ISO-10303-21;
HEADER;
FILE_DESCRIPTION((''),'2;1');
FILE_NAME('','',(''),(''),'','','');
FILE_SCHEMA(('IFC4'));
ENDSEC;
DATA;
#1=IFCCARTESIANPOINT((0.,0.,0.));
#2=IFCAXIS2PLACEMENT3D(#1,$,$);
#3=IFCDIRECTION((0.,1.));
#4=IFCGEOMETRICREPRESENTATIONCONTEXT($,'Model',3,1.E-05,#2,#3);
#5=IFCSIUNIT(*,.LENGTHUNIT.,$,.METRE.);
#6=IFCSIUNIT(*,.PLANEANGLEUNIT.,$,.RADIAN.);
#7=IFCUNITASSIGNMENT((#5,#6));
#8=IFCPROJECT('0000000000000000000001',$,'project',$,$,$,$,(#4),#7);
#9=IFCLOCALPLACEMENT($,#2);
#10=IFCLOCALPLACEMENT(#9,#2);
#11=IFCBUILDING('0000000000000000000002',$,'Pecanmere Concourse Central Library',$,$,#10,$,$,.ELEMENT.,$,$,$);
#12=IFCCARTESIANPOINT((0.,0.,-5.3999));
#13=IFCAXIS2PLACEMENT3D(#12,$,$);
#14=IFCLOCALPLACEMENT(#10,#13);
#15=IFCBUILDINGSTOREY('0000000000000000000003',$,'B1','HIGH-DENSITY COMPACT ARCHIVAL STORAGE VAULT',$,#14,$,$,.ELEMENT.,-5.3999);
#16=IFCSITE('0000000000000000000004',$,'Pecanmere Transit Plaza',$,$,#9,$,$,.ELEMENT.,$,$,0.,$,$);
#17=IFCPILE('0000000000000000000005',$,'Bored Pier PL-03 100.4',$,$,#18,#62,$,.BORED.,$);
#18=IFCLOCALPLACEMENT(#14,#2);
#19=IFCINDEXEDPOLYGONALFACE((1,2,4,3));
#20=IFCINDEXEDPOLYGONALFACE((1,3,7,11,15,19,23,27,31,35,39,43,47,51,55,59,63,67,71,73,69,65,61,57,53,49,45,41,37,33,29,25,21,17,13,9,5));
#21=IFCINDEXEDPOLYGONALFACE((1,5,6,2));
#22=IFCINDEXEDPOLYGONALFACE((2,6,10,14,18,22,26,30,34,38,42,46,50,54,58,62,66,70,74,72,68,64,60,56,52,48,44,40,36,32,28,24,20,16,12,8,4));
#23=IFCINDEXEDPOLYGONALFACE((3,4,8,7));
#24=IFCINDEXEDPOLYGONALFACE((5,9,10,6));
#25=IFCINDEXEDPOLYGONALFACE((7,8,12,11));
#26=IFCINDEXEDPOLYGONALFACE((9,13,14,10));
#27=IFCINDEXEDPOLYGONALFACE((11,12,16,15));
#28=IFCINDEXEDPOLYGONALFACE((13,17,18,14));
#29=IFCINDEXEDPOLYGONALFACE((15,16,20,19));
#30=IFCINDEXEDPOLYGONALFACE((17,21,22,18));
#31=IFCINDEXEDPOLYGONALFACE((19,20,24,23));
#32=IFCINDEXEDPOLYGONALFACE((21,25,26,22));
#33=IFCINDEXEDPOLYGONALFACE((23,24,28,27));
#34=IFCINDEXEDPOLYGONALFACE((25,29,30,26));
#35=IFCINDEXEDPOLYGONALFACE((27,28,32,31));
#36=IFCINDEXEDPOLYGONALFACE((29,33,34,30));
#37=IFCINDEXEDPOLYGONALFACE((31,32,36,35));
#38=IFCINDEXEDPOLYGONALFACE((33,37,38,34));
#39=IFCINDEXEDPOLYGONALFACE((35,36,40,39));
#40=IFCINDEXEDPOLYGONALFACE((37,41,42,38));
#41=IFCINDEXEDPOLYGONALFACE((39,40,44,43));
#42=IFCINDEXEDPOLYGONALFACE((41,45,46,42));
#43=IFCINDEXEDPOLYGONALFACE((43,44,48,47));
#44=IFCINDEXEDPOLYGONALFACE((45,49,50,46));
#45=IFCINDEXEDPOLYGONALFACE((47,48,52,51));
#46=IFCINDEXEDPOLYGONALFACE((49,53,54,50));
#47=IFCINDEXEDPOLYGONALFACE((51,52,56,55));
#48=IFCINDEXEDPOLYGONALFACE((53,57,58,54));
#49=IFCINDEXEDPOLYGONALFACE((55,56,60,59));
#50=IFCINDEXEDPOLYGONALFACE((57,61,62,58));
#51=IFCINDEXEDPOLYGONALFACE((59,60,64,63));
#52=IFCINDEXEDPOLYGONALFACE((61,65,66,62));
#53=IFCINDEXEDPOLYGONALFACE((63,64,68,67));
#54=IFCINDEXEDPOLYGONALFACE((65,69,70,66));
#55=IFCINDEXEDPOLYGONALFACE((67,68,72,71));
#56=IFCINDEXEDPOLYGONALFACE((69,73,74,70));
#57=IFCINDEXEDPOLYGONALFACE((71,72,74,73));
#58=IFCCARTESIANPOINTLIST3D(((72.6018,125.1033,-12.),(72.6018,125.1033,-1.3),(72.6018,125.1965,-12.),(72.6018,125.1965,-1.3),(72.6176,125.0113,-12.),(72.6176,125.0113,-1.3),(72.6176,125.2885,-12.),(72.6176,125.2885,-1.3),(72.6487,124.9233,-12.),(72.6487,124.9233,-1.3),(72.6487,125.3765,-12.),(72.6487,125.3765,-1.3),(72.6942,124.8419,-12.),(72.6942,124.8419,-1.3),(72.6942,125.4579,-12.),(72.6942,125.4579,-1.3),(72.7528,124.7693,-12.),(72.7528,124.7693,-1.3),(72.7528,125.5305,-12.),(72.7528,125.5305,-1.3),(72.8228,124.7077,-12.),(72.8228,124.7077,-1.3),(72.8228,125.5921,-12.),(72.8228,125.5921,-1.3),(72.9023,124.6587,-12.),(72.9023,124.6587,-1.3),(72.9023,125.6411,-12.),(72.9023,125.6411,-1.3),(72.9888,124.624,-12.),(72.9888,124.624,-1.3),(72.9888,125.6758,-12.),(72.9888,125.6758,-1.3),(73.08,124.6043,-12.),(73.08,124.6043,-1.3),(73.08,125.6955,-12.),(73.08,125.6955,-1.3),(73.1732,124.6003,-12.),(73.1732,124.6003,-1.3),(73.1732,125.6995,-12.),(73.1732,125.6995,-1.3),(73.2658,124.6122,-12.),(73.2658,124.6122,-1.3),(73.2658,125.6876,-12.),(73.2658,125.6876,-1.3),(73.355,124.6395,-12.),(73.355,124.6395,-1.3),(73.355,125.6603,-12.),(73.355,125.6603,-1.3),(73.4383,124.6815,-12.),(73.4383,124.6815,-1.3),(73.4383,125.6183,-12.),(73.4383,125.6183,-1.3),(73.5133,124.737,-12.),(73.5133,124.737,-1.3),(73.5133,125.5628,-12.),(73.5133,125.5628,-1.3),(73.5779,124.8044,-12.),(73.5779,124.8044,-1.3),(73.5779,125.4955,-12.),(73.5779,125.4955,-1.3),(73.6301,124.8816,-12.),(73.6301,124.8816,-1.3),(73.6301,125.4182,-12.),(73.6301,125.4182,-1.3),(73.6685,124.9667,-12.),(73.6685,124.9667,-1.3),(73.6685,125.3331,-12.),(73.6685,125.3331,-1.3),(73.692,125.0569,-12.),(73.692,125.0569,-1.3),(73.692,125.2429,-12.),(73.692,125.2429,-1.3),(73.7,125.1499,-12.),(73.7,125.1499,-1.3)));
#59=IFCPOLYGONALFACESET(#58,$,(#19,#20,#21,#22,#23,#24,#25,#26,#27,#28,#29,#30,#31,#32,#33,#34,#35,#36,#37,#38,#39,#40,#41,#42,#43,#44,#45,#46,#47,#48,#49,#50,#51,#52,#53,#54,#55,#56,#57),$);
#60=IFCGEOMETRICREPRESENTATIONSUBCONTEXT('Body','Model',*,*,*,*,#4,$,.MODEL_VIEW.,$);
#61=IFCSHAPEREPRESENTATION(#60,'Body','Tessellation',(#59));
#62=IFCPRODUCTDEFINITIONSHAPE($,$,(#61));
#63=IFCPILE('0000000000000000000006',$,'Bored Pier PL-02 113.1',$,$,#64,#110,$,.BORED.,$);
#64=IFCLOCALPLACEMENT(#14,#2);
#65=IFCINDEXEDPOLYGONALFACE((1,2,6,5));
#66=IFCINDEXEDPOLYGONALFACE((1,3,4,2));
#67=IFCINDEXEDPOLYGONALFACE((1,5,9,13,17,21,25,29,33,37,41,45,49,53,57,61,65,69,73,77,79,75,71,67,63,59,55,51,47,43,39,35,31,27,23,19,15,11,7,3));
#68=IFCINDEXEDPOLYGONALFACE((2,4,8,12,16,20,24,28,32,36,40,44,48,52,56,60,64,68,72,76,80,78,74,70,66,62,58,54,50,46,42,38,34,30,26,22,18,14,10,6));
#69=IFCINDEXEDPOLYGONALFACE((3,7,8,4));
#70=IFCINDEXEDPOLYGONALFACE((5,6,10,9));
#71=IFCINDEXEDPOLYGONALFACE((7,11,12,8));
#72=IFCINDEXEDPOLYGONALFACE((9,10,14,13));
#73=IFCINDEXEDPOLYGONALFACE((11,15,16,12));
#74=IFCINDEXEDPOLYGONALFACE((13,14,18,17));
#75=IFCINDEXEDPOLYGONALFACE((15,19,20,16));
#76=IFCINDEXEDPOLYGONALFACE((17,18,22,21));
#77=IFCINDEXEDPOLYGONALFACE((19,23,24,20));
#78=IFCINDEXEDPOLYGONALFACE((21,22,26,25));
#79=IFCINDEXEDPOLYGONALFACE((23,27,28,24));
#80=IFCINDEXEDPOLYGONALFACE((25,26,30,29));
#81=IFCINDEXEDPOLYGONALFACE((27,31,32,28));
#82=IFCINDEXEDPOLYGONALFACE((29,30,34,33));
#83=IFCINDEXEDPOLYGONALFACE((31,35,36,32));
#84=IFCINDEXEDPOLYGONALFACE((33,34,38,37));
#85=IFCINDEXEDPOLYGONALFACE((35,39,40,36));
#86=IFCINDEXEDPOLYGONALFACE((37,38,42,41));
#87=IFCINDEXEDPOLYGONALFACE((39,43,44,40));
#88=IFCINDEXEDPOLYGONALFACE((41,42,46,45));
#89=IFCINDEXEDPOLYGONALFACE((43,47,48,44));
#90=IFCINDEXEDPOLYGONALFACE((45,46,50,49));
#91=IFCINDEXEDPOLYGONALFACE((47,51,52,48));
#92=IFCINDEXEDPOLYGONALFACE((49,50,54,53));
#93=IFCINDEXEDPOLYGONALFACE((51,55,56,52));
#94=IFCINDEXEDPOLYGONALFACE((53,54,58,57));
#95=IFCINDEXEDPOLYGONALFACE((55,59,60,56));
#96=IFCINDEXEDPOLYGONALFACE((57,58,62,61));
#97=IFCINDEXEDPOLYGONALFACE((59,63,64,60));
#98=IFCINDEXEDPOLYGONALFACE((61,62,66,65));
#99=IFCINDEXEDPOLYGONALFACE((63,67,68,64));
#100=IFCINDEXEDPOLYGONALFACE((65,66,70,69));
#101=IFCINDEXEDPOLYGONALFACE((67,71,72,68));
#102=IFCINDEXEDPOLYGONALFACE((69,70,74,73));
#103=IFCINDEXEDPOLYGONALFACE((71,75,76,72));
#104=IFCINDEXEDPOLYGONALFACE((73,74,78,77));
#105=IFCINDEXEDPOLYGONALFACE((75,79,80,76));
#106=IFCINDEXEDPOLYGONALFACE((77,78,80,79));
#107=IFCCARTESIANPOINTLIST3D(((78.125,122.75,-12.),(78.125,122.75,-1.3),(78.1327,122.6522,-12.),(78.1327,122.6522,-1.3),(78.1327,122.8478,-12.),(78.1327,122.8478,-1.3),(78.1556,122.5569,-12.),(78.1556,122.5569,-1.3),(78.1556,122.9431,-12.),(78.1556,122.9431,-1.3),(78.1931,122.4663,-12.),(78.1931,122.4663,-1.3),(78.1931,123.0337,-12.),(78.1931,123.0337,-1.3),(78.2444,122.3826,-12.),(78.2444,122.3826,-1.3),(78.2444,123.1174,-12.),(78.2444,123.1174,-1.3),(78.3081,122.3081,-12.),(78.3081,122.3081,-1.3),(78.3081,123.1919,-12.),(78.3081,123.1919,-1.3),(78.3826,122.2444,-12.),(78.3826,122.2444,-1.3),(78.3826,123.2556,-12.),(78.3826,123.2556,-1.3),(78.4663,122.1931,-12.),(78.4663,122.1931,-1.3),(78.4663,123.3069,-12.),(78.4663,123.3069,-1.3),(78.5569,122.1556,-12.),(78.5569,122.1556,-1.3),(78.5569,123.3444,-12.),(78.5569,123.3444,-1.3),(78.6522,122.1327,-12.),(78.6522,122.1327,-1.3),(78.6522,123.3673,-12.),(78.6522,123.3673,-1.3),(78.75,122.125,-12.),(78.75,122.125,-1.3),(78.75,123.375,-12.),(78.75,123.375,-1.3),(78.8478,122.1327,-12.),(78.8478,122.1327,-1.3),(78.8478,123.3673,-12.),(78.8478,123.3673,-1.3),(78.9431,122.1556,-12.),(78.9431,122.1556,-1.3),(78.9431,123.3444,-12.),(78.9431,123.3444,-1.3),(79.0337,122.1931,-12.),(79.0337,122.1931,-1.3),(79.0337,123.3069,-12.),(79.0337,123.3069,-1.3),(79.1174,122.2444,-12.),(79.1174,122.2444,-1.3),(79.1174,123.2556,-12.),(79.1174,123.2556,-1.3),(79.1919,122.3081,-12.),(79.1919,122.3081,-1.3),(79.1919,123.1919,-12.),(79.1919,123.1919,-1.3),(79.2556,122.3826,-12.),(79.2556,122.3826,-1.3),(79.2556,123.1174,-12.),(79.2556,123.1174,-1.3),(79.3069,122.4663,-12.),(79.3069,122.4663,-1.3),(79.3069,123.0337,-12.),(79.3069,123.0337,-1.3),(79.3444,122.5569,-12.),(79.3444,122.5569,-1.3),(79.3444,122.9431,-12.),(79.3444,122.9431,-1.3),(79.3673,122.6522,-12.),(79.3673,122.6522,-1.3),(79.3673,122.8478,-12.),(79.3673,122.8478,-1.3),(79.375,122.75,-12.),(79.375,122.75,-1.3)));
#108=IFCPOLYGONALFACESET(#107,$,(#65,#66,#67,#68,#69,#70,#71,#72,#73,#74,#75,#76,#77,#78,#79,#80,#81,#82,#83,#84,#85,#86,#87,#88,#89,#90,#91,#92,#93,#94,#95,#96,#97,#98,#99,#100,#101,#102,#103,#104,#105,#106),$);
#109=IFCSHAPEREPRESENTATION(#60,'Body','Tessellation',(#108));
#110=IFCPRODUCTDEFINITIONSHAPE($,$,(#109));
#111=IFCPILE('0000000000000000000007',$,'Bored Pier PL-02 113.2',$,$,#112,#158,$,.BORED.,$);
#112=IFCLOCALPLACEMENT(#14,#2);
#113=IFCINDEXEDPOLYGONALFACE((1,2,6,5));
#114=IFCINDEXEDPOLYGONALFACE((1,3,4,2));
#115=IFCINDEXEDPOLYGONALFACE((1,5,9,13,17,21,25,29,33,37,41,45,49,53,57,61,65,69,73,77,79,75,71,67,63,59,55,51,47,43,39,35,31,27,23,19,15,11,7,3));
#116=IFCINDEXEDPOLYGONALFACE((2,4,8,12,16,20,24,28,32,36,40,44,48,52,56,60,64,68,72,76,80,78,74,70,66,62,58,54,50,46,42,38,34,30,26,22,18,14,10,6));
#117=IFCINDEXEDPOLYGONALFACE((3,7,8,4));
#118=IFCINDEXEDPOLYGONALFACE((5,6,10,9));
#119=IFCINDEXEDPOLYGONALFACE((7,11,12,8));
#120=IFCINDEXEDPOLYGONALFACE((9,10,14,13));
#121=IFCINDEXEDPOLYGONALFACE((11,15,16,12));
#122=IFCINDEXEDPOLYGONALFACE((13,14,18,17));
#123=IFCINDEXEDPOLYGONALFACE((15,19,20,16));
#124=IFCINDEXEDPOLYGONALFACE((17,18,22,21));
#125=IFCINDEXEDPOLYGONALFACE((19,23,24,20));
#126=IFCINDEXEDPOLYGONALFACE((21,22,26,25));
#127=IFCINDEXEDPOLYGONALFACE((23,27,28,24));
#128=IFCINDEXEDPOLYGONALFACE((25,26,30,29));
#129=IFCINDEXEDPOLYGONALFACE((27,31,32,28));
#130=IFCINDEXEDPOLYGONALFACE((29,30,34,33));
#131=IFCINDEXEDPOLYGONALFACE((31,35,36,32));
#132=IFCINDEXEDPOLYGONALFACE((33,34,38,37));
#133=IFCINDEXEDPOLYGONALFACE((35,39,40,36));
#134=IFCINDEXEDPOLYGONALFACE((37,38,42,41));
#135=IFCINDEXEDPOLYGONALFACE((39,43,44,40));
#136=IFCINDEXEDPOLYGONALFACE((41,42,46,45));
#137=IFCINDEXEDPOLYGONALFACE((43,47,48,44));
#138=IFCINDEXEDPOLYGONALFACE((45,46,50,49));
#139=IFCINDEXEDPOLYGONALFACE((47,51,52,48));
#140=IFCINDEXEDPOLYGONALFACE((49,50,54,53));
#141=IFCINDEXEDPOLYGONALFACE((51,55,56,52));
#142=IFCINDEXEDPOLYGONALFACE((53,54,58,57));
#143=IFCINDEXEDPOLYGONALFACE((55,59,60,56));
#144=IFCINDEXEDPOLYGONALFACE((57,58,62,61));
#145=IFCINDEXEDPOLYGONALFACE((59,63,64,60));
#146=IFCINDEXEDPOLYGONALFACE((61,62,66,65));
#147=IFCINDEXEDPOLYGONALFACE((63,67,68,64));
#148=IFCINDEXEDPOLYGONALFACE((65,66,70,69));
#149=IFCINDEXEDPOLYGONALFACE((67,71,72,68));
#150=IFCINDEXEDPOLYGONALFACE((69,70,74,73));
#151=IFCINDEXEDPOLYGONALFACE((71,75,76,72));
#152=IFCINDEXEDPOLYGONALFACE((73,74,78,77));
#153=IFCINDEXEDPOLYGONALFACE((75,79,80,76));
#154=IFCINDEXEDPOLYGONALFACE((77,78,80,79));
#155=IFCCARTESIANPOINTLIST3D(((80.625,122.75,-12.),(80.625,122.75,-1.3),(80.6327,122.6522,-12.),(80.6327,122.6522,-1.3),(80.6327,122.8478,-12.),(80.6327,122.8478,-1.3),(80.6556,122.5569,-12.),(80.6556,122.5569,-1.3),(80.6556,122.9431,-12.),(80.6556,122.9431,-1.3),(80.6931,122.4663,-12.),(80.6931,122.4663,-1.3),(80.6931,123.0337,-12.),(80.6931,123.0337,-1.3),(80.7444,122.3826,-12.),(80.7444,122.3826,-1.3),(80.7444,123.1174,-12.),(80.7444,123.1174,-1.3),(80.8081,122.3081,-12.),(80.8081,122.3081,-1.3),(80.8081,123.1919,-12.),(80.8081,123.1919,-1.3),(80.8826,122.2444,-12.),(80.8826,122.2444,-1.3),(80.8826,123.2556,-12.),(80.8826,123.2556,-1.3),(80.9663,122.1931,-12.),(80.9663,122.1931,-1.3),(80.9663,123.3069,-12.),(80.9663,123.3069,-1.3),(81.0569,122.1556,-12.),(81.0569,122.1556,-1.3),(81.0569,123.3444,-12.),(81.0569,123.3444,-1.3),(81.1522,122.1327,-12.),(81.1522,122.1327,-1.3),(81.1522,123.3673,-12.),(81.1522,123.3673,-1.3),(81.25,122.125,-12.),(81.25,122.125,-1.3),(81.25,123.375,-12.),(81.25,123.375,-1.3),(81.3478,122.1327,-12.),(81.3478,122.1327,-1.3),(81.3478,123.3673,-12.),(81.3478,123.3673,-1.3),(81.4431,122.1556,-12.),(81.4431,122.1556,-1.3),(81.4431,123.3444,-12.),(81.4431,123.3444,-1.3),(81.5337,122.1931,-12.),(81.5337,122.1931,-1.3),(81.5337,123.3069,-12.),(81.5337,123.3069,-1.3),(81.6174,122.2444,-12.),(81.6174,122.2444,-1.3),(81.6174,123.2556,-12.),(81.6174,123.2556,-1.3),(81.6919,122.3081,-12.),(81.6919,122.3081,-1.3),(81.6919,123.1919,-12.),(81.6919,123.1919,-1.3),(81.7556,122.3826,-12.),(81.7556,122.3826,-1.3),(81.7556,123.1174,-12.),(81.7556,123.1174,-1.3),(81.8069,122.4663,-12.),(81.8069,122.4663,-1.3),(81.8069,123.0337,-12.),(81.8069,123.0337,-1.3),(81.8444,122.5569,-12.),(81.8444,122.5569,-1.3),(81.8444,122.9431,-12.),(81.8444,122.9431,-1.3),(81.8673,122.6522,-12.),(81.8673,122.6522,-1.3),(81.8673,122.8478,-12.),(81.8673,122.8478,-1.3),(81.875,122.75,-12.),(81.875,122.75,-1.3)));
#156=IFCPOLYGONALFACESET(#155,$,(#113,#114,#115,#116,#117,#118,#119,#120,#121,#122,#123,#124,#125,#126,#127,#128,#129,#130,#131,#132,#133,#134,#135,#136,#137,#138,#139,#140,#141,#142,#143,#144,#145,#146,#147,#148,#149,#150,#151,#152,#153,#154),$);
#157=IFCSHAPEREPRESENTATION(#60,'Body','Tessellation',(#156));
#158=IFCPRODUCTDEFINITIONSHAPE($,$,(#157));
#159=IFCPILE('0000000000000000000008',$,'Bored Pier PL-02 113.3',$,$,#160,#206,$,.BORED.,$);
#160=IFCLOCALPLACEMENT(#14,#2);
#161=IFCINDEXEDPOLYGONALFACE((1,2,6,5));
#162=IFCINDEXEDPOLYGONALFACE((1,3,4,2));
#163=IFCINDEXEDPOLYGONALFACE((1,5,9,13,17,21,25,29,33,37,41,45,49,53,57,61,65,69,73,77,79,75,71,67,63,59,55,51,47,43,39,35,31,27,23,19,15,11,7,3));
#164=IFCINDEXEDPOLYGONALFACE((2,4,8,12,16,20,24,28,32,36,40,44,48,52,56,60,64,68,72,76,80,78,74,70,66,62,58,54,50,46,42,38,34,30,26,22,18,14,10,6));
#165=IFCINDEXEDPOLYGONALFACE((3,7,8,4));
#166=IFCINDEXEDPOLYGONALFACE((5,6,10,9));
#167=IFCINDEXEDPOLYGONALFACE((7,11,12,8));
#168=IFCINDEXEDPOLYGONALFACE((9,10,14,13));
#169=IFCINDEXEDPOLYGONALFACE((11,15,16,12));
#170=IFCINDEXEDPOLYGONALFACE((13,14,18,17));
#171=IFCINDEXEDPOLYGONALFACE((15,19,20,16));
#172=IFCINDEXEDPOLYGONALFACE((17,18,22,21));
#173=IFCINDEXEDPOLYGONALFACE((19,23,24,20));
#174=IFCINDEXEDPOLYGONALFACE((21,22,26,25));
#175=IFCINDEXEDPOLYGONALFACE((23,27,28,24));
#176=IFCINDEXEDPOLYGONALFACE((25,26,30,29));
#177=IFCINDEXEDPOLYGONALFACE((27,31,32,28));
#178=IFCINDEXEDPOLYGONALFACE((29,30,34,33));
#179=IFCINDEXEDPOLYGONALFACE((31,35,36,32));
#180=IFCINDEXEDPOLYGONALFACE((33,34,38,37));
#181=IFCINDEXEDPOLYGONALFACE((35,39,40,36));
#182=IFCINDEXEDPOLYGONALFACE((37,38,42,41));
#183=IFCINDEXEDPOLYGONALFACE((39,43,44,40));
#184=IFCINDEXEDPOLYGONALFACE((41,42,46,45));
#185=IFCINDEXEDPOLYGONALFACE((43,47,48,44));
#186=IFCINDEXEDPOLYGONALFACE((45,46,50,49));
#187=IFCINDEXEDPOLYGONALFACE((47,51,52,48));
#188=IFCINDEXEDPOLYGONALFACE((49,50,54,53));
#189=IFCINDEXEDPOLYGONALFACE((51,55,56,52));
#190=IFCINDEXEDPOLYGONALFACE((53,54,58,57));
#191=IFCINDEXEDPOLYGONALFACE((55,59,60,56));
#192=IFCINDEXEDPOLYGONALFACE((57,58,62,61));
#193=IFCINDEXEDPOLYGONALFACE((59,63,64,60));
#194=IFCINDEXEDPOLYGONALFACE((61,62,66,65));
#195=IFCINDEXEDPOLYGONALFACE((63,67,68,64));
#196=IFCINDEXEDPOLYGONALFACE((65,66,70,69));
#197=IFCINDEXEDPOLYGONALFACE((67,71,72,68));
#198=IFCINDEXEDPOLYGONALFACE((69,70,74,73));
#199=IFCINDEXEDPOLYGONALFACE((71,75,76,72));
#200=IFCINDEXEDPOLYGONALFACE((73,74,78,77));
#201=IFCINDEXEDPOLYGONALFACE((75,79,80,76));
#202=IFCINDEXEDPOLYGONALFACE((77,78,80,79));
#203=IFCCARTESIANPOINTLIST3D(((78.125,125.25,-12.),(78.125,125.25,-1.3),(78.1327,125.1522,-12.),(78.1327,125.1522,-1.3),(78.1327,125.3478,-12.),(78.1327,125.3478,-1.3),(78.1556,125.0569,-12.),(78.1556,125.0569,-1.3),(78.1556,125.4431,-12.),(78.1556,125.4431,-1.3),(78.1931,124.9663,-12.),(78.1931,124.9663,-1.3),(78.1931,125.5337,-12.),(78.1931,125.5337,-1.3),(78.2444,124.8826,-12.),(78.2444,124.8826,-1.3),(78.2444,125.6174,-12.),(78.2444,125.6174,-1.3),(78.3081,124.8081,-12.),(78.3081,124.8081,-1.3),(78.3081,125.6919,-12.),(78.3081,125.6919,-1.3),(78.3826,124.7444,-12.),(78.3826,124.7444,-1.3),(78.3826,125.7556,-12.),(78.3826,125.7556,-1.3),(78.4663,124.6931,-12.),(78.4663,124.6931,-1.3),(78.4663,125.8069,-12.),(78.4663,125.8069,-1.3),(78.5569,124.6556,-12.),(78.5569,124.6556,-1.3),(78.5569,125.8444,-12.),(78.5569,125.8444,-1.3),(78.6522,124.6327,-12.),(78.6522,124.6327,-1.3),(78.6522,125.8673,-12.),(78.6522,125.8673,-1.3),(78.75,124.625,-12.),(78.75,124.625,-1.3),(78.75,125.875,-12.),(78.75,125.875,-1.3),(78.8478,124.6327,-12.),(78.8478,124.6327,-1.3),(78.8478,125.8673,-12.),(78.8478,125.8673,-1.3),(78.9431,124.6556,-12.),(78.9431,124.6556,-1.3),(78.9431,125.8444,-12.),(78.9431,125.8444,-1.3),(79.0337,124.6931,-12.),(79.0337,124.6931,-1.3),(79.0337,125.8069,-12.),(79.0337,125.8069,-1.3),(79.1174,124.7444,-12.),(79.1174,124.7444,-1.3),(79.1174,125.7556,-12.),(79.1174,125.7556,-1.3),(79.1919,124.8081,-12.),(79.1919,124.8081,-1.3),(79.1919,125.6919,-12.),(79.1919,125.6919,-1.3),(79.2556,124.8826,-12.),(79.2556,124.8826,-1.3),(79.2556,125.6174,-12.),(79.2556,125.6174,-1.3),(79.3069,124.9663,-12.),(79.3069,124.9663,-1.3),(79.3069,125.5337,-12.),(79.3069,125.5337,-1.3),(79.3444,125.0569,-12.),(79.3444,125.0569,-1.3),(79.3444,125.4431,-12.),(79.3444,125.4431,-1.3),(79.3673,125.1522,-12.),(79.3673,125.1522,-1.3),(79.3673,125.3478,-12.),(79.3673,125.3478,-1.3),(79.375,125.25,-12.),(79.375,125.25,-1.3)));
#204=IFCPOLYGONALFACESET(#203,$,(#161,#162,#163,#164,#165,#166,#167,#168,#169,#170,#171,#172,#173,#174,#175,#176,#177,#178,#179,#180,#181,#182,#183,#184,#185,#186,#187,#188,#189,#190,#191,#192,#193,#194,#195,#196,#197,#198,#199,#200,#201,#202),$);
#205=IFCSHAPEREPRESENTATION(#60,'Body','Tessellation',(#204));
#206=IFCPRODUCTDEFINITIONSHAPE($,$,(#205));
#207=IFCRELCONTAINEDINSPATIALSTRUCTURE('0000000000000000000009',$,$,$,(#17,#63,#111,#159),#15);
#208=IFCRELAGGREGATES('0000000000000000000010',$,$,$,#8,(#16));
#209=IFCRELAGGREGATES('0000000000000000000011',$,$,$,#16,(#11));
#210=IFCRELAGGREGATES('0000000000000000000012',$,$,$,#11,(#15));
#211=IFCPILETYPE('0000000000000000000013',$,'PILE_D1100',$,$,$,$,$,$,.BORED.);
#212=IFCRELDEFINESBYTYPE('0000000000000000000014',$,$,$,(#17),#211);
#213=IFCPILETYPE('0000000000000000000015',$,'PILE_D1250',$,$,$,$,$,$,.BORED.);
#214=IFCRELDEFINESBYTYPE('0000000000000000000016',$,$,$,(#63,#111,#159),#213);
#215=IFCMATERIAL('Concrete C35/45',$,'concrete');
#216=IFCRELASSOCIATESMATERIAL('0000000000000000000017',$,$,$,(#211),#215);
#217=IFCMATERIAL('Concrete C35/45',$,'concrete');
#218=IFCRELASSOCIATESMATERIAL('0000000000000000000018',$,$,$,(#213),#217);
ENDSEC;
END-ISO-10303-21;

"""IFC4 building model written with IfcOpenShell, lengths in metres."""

from ifc_helpers import new_model, si_unit, direction, frame, origin, origin_2d, place, context, subcontext, project, spatial, circle, extrude, material, material_profile, profile_set, type_object, element, save


model = new_model("IFC4")

# Units and contexts
model_context = context("Model", 3, precision=1e-05, world=origin(), true_north=direction((0.0, 1.0)))
body_context = subcontext(model_context, "Body", "Model", "MODEL_VIEW")
ifc_project = project(units=[si_unit("LENGTHUNIT", "METRE"), si_unit("PLANEANGLEUNIT", "RADIAN")], contexts=[model_context])

# Site, building, storey
site_placement = place(None, origin())
site = spatial("IfcSite", under=ifc_project, at=site_placement, Name="Pecanmere Transit Plaza", CompositionType="ELEMENT", RefElevation=0.0)
building_placement = place(site_placement, origin())
building = spatial("IfcBuilding", under=site, at=building_placement, Name="Pecanmere Concourse Central Library", CompositionType="ELEMENT")
storey_placement = place(building_placement, frame((0.0, 0.0, -5.3999)))
storey = spatial("IfcBuildingStorey", under=building, at=storey_placement, Name="B1", Description="HIGH-DENSITY COMPACT ARCHIVAL STORAGE VAULT", CompositionType="ELEMENT", Elevation=-5.3999)

# Piles
ifc_material_1 = material(Name="Concrete C35/45", Category="concrete")
ifc_material_profile_1 = material_profile(ifc_material_1, circle(Radius=0.55, at=origin_2d()), Name="PIER D1100")
ifc_profile_set_1 = profile_set([ifc_material_profile_1], Name="Concrete C35/45")
pile_type_1 = type_object("IfcPileType", Name="PILE_D1100", PredefinedType="BORED", material=ifc_profile_set_1)
for number, where, z_axis, x_axis, name in (
    (1, (73.1499, 125.1499, -1.3), (0.0, 0.0, -1.0), (1.0, 0.0, 0.0), "Bored Pier PL-03 100.4"),
):
    element("IfcPile", number, at=place(storey_placement, frame(where, z_axis=z_axis, x_axis=x_axis)), inside=storey, type_object=pile_type_1, Name=name, PredefinedType="BORED", context=body_context, shape_type="SweptSolid", body=[
        extrude(circle(Radius=0.55, at=origin_2d()), origin(), (0.0, 0.0, 1.0), 10.7),
    ])
ifc_material_2 = material(Name="Concrete C35/45", Category="concrete")
ifc_material_profile_2 = material_profile(ifc_material_2, circle(Radius=0.625, at=origin_2d()), Name="PIER D1250")
ifc_profile_set_2 = profile_set([ifc_material_profile_2], Name="Concrete C35/45")
pile_type_2 = type_object("IfcPileType", Name="PILE_D1250", PredefinedType="BORED", material=ifc_profile_set_2)
for number, where, z_axis, x_axis, name in (
    (2, (78.75, 122.75, -1.3), (0.0, 0.0, -1.0), (1.0, 0.0, 0.0), "Bored Pier PL-02 113.1"),
    (3, (81.25, 122.75, -1.3), (0.0, 0.0, -1.0), (1.0, 0.0, 0.0), "Bored Pier PL-02 113.2"),
    (4, (78.75, 125.25, -1.3), (0.0, 0.0, -1.0), (1.0, 0.0, 0.0), "Bored Pier PL-02 113.3"),
):
    element("IfcPile", number, at=place(storey_placement, frame(where, z_axis=z_axis, x_axis=x_axis)), inside=storey, type_object=pile_type_2, Name=name, PredefinedType="BORED", context=body_context, shape_type="SweptSolid", body=[
        extrude(circle(Radius=0.625, at=origin_2d()), origin(), (0.0, 0.0, 1.0), 10.7),
    ])

save(model, "model.ifc")
